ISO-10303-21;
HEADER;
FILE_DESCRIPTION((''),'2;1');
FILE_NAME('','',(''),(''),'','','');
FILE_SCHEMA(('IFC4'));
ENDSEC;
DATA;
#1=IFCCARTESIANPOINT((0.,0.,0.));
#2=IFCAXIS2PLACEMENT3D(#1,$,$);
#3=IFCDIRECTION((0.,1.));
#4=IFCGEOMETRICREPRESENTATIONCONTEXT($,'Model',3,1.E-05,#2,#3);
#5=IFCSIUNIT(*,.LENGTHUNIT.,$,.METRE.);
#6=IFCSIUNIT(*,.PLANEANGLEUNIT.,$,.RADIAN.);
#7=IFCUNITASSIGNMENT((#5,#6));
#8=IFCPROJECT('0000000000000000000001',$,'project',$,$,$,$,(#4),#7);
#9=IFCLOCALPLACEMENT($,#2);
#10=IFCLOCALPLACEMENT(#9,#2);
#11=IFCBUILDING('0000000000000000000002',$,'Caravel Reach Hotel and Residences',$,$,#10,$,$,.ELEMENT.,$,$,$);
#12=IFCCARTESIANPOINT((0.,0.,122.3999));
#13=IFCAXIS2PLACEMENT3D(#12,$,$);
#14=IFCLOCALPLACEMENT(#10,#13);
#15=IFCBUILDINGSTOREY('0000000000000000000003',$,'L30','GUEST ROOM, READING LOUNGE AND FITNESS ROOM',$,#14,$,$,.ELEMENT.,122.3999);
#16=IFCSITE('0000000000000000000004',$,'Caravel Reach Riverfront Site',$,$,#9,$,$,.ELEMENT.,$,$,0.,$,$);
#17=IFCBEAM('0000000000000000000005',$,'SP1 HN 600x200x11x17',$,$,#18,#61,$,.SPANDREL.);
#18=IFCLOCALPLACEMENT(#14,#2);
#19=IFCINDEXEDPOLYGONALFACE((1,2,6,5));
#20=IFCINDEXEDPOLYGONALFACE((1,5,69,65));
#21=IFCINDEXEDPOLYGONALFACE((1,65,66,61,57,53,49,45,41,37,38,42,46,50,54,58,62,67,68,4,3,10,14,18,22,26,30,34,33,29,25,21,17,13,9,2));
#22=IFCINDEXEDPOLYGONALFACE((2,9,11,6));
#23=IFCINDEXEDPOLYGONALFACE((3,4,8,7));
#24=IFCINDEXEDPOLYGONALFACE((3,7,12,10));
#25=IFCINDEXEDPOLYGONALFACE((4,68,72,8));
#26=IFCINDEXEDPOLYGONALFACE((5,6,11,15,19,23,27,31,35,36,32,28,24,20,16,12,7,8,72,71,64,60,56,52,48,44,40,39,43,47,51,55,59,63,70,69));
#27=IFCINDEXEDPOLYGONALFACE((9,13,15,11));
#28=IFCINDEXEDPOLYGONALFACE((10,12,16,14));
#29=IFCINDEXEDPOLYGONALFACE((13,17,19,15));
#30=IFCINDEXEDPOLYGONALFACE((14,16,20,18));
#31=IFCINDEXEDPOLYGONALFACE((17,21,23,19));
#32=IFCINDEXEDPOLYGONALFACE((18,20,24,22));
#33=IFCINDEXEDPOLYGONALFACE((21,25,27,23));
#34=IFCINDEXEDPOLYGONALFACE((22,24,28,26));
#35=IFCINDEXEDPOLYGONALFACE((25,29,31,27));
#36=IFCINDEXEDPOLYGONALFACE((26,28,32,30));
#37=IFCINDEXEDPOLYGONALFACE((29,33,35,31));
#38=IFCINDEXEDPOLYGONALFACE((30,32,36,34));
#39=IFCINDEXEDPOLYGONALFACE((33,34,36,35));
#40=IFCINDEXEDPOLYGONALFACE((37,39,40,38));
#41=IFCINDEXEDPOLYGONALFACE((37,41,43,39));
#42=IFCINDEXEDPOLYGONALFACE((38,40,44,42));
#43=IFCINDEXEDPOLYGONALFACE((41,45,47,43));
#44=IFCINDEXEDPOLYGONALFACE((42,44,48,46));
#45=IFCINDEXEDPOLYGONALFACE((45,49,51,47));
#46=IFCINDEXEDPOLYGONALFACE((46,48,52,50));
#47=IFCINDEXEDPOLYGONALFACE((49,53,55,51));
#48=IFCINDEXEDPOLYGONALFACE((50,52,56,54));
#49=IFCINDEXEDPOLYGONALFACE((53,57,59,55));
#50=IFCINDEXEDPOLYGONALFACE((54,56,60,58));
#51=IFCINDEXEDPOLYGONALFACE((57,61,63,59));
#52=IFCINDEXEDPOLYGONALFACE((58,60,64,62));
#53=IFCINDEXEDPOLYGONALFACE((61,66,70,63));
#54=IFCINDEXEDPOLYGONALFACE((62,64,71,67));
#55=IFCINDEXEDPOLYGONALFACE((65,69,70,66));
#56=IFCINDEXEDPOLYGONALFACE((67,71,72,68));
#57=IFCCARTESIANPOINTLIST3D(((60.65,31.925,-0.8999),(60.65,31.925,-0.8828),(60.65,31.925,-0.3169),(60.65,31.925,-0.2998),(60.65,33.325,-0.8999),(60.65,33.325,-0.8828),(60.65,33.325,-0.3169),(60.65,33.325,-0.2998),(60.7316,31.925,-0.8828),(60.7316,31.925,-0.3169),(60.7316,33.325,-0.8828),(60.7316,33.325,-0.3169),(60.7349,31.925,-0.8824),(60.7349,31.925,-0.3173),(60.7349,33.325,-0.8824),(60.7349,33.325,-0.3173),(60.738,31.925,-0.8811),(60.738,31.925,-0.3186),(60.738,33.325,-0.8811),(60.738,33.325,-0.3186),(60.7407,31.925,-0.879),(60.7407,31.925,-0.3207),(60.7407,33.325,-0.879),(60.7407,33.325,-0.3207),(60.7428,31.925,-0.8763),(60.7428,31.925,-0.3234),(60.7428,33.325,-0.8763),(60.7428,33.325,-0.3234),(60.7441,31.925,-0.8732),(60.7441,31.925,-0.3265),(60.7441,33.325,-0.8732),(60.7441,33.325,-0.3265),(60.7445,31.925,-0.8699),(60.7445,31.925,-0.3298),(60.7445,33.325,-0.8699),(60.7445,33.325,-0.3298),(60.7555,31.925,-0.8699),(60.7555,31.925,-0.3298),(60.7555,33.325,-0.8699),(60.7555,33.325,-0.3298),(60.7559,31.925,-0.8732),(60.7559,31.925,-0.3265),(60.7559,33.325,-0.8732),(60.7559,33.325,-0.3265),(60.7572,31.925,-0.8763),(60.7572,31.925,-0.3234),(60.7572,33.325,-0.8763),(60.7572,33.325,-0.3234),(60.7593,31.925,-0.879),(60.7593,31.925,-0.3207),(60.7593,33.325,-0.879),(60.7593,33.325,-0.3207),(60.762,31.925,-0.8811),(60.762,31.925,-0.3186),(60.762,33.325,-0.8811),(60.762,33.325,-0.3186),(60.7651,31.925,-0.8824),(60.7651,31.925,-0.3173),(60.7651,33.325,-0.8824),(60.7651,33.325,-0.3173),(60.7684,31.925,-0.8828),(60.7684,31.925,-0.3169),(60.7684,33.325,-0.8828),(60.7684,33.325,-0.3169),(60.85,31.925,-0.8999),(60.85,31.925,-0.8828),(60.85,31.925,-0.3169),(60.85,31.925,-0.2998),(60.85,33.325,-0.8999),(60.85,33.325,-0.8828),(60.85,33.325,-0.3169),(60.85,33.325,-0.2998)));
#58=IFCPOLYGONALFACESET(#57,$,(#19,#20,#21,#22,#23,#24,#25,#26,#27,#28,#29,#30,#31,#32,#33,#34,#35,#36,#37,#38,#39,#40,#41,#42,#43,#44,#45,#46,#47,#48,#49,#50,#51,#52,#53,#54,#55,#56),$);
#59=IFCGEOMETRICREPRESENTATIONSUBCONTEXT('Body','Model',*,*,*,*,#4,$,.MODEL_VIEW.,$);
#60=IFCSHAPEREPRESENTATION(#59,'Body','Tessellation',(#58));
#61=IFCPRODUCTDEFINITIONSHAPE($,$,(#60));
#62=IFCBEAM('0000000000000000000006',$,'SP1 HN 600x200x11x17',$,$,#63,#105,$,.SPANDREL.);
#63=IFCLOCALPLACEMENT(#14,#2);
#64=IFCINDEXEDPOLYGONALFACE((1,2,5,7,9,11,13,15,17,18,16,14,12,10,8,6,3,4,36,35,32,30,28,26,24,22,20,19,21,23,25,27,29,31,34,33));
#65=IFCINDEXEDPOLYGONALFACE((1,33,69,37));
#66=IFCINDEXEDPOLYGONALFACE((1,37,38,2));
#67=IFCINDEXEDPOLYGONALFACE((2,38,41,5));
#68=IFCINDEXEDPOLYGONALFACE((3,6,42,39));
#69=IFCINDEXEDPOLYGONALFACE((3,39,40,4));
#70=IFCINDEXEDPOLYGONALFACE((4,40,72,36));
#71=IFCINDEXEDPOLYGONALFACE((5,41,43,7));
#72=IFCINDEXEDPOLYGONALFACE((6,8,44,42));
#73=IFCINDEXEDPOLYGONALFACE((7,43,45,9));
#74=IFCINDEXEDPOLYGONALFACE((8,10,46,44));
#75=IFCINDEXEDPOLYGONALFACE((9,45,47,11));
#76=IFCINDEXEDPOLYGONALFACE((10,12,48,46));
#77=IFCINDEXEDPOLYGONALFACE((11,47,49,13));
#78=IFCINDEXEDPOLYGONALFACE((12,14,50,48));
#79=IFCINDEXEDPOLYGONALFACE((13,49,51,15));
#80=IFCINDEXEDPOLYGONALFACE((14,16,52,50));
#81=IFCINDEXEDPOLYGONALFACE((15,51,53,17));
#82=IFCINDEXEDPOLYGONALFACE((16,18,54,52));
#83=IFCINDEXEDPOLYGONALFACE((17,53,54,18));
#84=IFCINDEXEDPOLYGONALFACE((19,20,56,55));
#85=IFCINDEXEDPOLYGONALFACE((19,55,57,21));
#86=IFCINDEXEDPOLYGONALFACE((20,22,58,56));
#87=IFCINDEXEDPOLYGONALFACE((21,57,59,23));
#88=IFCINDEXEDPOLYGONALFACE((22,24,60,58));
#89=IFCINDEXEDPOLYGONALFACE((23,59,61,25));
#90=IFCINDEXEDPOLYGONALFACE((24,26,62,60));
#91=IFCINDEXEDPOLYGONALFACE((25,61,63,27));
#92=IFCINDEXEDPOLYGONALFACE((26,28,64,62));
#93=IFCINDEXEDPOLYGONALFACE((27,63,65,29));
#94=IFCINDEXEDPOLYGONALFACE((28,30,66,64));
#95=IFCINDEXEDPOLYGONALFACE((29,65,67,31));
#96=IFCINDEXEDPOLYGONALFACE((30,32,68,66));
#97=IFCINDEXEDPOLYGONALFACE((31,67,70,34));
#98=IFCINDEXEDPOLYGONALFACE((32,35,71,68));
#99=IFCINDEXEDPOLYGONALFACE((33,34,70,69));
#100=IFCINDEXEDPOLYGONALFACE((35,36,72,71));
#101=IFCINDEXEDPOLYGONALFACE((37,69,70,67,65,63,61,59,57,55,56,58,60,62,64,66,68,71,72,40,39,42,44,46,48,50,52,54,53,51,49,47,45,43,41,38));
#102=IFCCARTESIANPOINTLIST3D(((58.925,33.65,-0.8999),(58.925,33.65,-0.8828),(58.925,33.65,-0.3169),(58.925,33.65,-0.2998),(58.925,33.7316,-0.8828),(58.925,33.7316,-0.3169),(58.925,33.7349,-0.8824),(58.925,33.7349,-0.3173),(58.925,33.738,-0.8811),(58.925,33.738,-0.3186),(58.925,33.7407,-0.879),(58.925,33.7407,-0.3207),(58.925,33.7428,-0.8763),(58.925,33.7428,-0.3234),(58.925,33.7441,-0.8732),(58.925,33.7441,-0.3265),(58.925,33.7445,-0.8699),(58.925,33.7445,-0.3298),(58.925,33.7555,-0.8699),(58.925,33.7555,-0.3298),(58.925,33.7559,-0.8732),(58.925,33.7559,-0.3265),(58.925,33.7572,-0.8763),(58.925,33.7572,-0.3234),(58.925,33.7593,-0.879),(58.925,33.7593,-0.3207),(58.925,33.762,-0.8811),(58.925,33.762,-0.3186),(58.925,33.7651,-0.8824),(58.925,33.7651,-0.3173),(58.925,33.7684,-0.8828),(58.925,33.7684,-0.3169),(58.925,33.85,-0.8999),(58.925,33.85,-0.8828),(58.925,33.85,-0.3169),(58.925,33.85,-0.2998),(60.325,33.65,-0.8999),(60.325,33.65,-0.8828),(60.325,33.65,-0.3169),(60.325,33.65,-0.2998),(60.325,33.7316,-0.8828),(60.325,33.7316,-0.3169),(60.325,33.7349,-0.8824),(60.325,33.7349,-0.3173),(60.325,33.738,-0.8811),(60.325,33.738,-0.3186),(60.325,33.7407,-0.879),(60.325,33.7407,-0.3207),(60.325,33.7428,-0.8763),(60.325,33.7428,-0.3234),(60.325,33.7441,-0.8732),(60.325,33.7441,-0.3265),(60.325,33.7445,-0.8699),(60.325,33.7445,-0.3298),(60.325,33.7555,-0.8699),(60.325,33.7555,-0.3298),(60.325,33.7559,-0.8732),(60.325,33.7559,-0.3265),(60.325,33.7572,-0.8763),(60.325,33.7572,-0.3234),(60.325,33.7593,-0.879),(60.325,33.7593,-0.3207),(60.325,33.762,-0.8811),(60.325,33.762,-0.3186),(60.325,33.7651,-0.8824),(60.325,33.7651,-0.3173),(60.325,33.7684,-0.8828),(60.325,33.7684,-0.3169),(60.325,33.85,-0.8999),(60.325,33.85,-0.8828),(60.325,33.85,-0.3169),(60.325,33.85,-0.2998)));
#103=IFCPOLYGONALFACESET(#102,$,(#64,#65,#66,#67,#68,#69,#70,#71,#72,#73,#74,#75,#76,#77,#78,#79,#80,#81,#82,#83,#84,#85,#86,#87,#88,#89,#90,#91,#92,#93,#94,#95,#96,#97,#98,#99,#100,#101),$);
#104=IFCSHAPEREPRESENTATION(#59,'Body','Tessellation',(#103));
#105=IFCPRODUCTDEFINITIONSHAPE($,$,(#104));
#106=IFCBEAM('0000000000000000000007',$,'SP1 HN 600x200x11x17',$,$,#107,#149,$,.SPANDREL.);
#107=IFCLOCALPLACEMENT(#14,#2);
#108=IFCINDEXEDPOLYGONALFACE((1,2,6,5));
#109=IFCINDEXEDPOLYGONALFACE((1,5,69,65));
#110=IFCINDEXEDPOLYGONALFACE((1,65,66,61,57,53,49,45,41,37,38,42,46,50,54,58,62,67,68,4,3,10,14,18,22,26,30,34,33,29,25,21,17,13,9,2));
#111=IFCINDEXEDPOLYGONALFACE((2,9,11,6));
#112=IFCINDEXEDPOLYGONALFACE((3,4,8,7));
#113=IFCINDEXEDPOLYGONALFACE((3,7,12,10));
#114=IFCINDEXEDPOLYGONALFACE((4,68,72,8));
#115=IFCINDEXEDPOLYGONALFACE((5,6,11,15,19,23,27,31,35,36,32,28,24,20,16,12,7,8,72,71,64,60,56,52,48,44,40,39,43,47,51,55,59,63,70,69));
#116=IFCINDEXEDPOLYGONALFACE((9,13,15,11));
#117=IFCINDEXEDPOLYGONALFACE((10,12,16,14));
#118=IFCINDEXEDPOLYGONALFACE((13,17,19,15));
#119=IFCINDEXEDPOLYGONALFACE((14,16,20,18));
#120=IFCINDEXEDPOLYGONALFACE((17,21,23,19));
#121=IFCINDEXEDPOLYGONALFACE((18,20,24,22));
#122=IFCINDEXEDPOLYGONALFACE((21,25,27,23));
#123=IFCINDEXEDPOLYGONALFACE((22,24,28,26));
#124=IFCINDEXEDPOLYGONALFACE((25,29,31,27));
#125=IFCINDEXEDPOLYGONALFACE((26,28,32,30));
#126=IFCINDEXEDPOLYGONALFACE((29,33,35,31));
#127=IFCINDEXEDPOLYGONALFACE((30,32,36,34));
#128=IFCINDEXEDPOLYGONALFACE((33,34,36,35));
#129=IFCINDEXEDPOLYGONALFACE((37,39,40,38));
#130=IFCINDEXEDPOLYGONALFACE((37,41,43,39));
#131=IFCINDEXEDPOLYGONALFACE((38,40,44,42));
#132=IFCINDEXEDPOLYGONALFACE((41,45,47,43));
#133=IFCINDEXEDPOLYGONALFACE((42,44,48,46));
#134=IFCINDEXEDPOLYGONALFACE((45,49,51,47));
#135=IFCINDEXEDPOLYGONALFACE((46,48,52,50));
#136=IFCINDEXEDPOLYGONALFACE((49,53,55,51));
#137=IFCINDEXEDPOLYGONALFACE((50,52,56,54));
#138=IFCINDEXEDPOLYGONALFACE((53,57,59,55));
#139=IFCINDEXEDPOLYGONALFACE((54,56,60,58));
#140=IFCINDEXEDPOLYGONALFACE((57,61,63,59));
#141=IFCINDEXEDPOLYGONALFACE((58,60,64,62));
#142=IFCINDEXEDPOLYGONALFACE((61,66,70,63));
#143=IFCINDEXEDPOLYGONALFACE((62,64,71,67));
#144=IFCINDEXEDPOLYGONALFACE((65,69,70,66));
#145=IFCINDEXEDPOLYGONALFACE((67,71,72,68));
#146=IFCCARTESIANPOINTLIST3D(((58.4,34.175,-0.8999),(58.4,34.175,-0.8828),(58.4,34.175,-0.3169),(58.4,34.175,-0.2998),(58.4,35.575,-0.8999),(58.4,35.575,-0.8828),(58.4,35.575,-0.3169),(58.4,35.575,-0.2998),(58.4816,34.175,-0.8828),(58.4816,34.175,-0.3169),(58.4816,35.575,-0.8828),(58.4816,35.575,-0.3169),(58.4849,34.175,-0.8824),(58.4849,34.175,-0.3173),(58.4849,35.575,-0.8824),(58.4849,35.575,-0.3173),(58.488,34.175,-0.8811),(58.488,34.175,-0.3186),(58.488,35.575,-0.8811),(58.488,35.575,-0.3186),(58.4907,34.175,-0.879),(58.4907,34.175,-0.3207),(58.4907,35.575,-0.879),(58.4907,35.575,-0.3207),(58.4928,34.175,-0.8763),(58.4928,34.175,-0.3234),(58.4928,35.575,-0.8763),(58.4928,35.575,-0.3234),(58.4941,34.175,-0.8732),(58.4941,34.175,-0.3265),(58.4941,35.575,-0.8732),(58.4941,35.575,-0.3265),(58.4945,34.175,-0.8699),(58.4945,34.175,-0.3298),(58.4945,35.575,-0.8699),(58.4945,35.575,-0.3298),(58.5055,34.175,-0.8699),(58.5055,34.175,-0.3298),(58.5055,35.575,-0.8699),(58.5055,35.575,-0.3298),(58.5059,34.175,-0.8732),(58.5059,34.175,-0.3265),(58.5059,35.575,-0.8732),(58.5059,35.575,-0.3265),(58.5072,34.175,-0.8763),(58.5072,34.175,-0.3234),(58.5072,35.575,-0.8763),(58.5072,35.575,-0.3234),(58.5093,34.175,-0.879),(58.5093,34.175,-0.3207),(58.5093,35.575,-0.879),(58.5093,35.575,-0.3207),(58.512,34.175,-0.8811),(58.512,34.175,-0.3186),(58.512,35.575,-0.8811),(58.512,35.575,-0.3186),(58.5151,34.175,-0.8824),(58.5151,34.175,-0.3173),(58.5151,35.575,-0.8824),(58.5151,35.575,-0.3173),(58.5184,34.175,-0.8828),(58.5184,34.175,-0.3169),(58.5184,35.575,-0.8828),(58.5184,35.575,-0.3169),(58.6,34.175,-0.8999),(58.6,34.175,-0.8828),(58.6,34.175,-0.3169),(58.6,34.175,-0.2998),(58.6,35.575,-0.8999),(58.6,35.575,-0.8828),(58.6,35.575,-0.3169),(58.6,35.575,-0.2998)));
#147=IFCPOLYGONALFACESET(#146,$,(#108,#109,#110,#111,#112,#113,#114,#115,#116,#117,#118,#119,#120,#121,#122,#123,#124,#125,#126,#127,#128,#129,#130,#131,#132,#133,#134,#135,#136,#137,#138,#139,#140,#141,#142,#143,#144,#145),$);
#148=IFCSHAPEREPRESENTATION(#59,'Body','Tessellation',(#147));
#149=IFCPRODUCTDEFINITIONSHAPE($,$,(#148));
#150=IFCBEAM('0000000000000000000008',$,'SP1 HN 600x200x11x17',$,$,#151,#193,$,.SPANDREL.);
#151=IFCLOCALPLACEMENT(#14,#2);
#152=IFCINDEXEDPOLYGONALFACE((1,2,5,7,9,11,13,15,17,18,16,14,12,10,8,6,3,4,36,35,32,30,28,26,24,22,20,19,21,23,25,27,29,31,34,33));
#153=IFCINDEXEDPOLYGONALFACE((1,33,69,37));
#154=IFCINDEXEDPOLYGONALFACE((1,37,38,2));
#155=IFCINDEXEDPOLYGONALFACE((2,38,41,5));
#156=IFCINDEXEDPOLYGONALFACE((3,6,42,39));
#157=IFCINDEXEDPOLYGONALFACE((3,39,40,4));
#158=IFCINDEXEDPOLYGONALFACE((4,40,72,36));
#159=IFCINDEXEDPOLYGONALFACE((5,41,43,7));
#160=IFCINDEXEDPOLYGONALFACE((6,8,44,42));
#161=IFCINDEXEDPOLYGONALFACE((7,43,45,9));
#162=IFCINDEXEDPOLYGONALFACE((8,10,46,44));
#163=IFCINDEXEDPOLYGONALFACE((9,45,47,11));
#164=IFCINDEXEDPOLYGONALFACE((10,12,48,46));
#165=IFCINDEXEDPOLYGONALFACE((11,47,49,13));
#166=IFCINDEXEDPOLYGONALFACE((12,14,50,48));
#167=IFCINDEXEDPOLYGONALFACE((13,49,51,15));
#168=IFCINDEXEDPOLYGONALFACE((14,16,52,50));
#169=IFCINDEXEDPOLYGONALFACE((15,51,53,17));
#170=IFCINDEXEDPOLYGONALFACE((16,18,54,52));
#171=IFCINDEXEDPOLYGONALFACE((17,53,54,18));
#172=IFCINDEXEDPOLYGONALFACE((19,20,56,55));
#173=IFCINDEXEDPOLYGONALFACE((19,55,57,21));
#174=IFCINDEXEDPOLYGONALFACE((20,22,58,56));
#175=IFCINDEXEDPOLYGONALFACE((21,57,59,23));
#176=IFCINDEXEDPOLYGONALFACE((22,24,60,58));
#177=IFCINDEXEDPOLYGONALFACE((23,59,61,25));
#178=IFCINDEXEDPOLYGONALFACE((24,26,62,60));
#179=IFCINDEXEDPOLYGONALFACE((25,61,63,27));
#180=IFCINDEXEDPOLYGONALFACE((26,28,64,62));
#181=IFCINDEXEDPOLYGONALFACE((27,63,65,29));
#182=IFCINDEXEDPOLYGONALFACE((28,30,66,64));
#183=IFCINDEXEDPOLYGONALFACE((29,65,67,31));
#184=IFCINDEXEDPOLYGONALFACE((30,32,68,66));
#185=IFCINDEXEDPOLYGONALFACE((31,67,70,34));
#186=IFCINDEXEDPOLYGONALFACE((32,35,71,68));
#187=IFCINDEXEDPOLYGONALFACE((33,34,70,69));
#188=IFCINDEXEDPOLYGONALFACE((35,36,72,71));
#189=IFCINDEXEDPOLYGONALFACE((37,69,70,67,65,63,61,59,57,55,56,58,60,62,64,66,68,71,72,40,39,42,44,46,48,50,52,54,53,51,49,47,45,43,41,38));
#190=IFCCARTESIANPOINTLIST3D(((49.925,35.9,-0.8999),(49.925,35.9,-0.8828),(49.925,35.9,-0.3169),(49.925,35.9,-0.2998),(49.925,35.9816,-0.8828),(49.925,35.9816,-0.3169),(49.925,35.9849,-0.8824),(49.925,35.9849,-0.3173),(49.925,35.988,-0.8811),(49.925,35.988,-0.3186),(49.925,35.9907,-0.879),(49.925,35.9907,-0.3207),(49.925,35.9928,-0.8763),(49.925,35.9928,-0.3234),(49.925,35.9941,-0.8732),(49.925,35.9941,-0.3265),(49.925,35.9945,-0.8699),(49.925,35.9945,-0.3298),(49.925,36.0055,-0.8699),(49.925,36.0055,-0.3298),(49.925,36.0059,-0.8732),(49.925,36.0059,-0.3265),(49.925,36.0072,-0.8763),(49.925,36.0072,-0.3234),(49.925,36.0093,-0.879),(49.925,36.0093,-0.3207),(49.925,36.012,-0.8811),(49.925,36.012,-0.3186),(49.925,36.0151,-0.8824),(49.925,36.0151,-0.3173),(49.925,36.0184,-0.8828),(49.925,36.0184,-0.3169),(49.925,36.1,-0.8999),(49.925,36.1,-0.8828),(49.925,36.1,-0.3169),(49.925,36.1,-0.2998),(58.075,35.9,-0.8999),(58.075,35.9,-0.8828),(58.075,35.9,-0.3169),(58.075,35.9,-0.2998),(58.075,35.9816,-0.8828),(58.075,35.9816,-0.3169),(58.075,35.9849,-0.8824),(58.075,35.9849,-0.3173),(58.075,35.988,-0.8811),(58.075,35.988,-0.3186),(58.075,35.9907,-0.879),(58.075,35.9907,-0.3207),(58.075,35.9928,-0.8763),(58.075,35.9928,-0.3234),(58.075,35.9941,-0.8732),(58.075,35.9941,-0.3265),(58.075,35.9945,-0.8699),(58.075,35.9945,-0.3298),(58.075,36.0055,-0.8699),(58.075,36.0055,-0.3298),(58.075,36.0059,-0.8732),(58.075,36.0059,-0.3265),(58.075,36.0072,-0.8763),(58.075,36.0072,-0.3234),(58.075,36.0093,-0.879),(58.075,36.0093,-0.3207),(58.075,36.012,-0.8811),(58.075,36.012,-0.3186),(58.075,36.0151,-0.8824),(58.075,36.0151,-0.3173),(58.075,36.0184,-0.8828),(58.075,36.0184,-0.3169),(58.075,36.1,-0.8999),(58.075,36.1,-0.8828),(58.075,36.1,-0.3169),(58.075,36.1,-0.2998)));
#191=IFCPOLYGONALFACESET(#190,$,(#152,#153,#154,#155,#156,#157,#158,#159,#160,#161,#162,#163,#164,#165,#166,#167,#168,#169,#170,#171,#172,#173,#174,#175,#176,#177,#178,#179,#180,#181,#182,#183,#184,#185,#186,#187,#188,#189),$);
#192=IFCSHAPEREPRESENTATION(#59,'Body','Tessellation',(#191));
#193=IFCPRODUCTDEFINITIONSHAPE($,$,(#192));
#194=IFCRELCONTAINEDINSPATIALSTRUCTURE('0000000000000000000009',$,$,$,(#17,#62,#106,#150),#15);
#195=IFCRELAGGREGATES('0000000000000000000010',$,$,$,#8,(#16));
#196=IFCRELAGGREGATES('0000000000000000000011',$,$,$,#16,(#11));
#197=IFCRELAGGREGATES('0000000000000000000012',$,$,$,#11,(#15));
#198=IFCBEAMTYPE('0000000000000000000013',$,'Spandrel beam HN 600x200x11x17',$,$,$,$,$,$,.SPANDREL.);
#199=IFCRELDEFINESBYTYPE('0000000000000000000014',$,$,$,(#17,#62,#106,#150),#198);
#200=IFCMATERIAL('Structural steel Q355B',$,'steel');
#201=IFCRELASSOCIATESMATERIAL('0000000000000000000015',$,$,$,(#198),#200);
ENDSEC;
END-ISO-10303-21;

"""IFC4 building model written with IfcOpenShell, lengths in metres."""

from ifc_helpers import new_model, si_unit, direction, frame, origin, origin_2d, place, context, subcontext, project, spatial, i_section, extrude, material, material_profile, profile_set, type_object, element, save


model = new_model("IFC4")

# Units and contexts
model_context = context("Model", 3, precision=1e-05, world=origin(), true_north=direction((0.0, 1.0)))
body_context = subcontext(model_context, "Body", "Model", "MODEL_VIEW")
ifc_project = project(units=[si_unit("LENGTHUNIT", "METRE"), si_unit("PLANEANGLEUNIT", "RADIAN")], contexts=[model_context])

# Site, building, storey
site_placement = place(None, origin())
site = spatial("IfcSite", under=ifc_project, at=site_placement, Name="Caravel Reach Riverfront Site", CompositionType="ELEMENT", RefElevation=0.0)
building_placement = place(site_placement, origin())
building = spatial("IfcBuilding", under=site, at=building_placement, Name="Caravel Reach Hotel and Residences", CompositionType="ELEMENT")
storey_placement = place(building_placement, frame((0.0, 0.0, 122.3999)))
storey = spatial("IfcBuildingStorey", under=building, at=storey_placement, Name="L30", Description="GUEST ROOM, READING LOUNGE AND FITNESS ROOM", CompositionType="ELEMENT", Elevation=122.3999)

# Beams
ifc_material_1 = material(Name="Structural steel Q355B", Category="steel")
ifc_material_profile_1 = material_profile(ifc_material_1, i_section(OverallWidth=0.2, OverallDepth=0.6001, WebThickness=0.011, FlangeThickness=0.0171, FilletRadius=0.0129, at=origin_2d()), Name="HN 600x200x11x17")
ifc_profile_set_1 = profile_set([ifc_material_profile_1], Name="Structural steel Q355B")
beam_type_1 = type_object("IfcBeamType", Name="Spandrel beam HN 600x200x11x17", PredefinedType="SPANDREL", material=ifc_profile_set_1)
for number, where, z_axis, x_axis, name in (
    (1, (60.75, 31.925, -0.5999), (0.0, 1.0, 0.0), (-1.0, 0.0, 0.0), "SP1 HN 600x200x11x17"),
    (2, (60.325, 33.75, -0.5999), (-1.0, 0.0, 0.0), (0.0, -1.0, 0.0), "SP1 HN 600x200x11x17"),
    (3, (58.5, 34.175, -0.5999), (0.0, 1.0, 0.0), (-1.0, 0.0, 0.0), "SP1 HN 600x200x11x17"),
):
    element("IfcBeam", number, at=place(storey_placement, frame(where, z_axis=z_axis, x_axis=x_axis)), inside=storey, type_object=beam_type_1, Name=name, PredefinedType="SPANDREL", context=body_context, shape_type="SweptSolid", body=[
        extrude(i_section(OverallWidth=0.2, OverallDepth=0.6001, WebThickness=0.011, FlangeThickness=0.0171, FilletRadius=0.0129, at=origin_2d()), origin(), (0.0, 0.0, 1.0), 1.3999),
    ])
beam_1_placement = place(storey_placement, frame((58.075, 36.0, -0.5999), z_axis=(-1.0, 0.0, 0.0), x_axis=(0.0, -1.0, 0.0)))
element("IfcBeam", 4, at=beam_1_placement, inside=storey, type_object=beam_type_1, Name="SP1 HN 600x200x11x17", PredefinedType="SPANDREL", context=body_context, shape_type="SweptSolid", body=[
    extrude(i_section(OverallWidth=0.2, OverallDepth=0.6001, WebThickness=0.011, FlangeThickness=0.0171, FilletRadius=0.0129, at=origin_2d()), origin(), (0.0, 0.0, 1.0), 8.1499),
])

save(model, "model.ifc")
